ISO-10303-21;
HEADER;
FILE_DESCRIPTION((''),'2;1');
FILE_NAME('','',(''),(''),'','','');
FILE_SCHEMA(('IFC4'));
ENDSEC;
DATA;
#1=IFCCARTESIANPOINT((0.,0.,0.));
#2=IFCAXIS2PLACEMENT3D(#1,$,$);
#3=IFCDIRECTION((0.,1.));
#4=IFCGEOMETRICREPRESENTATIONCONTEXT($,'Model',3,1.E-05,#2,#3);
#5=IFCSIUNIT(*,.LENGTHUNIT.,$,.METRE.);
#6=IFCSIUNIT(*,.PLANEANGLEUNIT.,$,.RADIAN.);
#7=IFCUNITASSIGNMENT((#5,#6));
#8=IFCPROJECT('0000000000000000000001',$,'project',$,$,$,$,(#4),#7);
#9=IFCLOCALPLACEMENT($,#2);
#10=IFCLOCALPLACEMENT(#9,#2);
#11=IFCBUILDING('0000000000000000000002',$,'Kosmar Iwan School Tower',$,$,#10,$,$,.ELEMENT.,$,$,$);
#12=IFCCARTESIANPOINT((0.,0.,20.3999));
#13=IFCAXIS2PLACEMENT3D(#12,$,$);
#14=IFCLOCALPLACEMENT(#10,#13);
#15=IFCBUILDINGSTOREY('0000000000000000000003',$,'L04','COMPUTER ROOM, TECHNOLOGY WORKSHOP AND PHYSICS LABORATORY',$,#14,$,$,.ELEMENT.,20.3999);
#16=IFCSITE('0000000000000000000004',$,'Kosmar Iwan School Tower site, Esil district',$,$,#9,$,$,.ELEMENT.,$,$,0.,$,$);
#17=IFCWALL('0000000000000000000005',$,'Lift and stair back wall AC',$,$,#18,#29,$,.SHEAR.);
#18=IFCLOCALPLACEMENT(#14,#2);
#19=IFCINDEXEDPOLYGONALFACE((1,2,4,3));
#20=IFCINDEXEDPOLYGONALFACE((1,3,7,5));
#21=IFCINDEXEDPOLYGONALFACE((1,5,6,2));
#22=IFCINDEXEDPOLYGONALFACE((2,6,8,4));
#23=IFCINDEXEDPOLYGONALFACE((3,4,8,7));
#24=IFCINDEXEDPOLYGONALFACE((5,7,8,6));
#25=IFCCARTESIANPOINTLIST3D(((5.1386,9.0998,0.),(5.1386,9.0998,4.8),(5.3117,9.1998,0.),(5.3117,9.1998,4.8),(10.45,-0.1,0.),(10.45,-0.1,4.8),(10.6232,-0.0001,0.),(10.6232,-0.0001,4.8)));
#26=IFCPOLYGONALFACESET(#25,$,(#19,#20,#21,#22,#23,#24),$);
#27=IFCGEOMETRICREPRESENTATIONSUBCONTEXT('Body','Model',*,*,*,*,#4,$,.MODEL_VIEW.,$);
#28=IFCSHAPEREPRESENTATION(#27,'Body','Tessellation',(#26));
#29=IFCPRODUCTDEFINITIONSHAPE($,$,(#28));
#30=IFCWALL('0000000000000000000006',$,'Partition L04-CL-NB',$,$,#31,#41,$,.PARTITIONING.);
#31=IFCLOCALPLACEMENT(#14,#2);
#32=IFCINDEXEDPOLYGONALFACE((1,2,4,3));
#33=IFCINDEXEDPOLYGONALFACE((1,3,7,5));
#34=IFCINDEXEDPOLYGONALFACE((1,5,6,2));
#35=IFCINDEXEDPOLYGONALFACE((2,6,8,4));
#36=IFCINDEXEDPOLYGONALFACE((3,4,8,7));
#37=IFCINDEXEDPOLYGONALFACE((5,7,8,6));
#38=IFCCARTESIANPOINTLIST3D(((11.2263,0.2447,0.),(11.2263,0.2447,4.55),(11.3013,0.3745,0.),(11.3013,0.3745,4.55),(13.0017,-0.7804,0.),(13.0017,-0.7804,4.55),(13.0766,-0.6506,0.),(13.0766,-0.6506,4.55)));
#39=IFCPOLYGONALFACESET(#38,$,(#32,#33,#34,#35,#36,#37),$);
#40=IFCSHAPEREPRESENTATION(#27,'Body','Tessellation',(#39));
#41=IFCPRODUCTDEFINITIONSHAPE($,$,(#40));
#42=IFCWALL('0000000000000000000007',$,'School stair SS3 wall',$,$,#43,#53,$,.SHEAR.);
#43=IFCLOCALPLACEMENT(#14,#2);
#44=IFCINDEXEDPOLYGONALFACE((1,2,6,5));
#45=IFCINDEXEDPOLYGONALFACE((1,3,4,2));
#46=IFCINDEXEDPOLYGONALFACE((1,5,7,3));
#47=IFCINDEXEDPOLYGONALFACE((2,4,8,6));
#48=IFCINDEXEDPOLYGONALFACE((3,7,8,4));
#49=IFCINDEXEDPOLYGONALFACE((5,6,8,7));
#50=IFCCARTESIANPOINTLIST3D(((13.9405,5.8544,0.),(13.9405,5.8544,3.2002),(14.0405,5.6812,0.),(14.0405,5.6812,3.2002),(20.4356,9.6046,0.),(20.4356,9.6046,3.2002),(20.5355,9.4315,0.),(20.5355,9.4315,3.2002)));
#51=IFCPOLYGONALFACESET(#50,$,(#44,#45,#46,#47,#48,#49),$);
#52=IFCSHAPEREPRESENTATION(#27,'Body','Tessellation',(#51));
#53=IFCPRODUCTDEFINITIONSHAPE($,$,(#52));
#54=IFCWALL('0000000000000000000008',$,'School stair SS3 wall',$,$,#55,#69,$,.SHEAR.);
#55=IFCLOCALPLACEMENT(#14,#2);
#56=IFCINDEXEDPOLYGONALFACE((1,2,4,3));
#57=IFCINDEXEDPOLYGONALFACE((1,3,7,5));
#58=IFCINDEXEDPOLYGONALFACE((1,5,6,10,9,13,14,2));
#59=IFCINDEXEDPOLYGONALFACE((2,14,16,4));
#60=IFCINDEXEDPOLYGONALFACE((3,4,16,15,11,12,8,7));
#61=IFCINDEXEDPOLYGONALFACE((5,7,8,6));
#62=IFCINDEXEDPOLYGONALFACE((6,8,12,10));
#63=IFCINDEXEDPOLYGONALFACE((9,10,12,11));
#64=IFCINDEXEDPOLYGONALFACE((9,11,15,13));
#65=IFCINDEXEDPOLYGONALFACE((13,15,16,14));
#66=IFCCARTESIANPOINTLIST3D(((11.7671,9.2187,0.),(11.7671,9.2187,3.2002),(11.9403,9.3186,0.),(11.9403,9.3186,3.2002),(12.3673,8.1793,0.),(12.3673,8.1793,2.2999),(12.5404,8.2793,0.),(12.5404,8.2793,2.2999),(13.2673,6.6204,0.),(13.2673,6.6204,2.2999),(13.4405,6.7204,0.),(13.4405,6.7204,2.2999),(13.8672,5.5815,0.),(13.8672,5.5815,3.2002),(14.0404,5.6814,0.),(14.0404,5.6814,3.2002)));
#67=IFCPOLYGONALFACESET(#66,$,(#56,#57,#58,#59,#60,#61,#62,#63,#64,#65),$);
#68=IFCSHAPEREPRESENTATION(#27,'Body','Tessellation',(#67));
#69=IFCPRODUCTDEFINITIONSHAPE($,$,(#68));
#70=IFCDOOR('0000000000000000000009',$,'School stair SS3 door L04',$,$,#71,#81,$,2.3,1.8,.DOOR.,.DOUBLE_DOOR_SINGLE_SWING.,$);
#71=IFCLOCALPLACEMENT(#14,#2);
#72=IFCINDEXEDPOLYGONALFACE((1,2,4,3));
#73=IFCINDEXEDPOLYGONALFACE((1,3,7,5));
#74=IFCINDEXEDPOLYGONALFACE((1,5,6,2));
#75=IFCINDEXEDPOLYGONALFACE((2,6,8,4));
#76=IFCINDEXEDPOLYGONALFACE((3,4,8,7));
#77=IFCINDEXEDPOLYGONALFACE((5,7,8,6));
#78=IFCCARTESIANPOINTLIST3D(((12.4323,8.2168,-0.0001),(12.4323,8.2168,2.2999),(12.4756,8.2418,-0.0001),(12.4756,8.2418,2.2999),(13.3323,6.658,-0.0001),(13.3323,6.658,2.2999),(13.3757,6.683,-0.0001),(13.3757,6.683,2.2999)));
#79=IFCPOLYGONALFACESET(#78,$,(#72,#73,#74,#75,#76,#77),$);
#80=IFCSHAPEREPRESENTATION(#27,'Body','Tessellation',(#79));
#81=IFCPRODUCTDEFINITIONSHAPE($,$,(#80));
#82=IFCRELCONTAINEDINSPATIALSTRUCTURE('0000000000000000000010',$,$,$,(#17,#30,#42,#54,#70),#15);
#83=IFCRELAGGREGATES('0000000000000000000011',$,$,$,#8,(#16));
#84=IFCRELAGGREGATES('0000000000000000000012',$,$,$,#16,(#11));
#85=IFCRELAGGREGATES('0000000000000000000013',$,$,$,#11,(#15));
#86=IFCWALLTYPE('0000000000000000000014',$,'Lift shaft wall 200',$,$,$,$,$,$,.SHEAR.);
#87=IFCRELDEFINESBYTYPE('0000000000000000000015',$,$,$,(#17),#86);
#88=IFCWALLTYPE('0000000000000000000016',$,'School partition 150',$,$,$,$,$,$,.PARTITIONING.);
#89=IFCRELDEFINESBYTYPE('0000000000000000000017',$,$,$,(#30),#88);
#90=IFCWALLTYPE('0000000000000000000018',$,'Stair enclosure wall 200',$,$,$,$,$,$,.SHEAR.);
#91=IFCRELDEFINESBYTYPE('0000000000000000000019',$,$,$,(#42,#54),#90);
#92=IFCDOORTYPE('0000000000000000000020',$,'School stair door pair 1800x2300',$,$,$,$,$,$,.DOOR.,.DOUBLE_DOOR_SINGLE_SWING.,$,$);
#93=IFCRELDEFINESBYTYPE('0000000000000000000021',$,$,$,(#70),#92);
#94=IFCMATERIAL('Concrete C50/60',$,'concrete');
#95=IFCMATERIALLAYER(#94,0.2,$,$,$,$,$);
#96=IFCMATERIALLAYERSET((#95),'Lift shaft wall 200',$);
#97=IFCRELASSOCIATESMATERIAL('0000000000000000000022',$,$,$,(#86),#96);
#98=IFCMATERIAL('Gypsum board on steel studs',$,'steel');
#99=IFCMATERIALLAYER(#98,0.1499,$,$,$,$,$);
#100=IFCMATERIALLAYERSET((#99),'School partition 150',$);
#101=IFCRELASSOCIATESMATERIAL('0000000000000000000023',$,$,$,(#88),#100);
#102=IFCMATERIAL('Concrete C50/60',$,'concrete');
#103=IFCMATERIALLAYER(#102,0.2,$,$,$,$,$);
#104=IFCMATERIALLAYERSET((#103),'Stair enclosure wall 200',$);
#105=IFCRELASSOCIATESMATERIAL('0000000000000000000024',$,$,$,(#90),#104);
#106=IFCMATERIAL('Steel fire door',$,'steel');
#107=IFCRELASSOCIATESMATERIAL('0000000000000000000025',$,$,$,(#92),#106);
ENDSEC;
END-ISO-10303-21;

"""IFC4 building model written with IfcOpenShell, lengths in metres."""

from ifc_helpers import new_model, si_unit, direction, frame, frame_2d, origin, place, context, subcontext, project, spatial, rectangle, extrude, material, layer, layer_set, type_object, element, fill, save


model = new_model("IFC4")

# Units and contexts
model_context = context("Model", 3, precision=1e-05, world=origin(), true_north=direction((0.0, 1.0)))
body_context = subcontext(model_context, "Body", "Model", "MODEL_VIEW")
ifc_project = project(units=[si_unit("LENGTHUNIT", "METRE"), si_unit("PLANEANGLEUNIT", "RADIAN")], contexts=[model_context])

# Site, building, storey
site_placement = place(None, origin())
site = spatial("IfcSite", under=ifc_project, at=site_placement, Name="Kosmar Iwan School Tower site, Esil district", CompositionType="ELEMENT", RefElevation=0.0)
building_placement = place(site_placement, origin())
building = spatial("IfcBuilding", under=site, at=building_placement, Name="Kosmar Iwan School Tower", CompositionType="ELEMENT")
storey_placement = place(building_placement, frame((0.0, 0.0, 20.3999)))
storey = spatial("IfcBuildingStorey", under=building, at=storey_placement, Name="L04", Description="COMPUTER ROOM, TECHNOLOGY WORKSHOP AND PHYSICS LABORATORY", CompositionType="ELEMENT", Elevation=20.3999)

# Walls
ifc_material_1 = material(Name="Concrete C50/60", Category="concrete")
ifc_layer_1 = layer(ifc_material_1, 0.2)
ifc_layer_set_1 = layer_set([ifc_layer_1], Name="Lift shaft wall 200")
wall_type_1 = type_object("IfcWallType", Name="Lift shaft wall 200", PredefinedType="SHEAR", material=ifc_layer_set_1)
wall_1_placement = place(storey_placement, frame((10.5366, -0.05, 0.0), z_axis=(0.0, 0.0, 1.0), x_axis=(-0.499995, 0.866028, 0.0)))
element("IfcWall", 1, at=wall_1_placement, inside=storey, type_object=wall_type_1, Name="Lift and stair back wall AC", PredefinedType="SHEAR", context=body_context, shape_type="SweptSolid", body=[
    extrude(rectangle(XDim=10.623, YDim=0.2, at=frame_2d((5.3115, 0.0))), origin(), (0.0, 0.0, 1.0), 4.8),
])
ifc_material_2 = material(Name="Gypsum board on steel studs", Category="steel")
ifc_layer_2 = layer(ifc_material_2, 0.1499)
ifc_layer_set_2 = layer_set([ifc_layer_2], Name="School partition 150")
wall_type_2 = type_object("IfcWallType", Name="School partition 150", PredefinedType="PARTITIONING", material=ifc_layer_set_2)
wall_2_placement = place(storey_placement, frame((11.2639, 0.3096, 0.0), z_axis=(0.0, 0.0, 1.0), x_axis=(0.865999, -0.500045, 0.0)))
element("IfcWall", 2, at=wall_2_placement, inside=storey, type_object=wall_type_2, Name="Partition L04-CL-NB", PredefinedType="PARTITIONING", context=body_context, shape_type="SweptSolid", body=[
    extrude(rectangle(XDim=2.05, YDim=0.1499, at=frame_2d((1.0249, 0.0))), origin(), (0.0, 0.0, 1.0), 4.55),
])
ifc_material_3 = material(Name="Concrete C50/60", Category="concrete")
ifc_layer_3 = layer(ifc_material_3, 0.2)
ifc_layer_set_3 = layer_set([ifc_layer_3], Name="Stair enclosure wall 200")
wall_type_3 = type_object("IfcWallType", Name="Stair enclosure wall 200", PredefinedType="SHEAR", material=ifc_layer_set_3)
wall_3_placement = place(storey_placement, frame((13.9905, 5.7678, 0.0), z_axis=(0.0, 0.0, 1.0), x_axis=(0.866009, 0.500029, 0.0)))
element("IfcWall", 3, at=wall_3_placement, inside=storey, type_object=wall_type_3, Name="School stair SS3 wall", PredefinedType="SHEAR", context=body_context, shape_type="SweptSolid", body=[
    extrude(rectangle(XDim=7.5, YDim=0.2, at=frame_2d((3.75, 0.0))), origin(), (0.0, 0.0, 1.0), 3.2002),
])

# Wall, opening, door
wall_4_placement = place(storey_placement, frame((13.9539, 5.6313, 0.0), z_axis=(0.0, 0.0, 1.0), x_axis=(-0.500028, 0.866009, 0.0)))
wall_4 = element("IfcWall", 4, at=wall_4_placement, inside=storey, type_object=wall_type_3, Name="School stair SS3 wall", PredefinedType="SHEAR", context=body_context, shape_type="SweptSolid", body=[
    extrude(rectangle(XDim=4.2, YDim=0.2, at=frame_2d((2.1001, 0.0))), origin(), (0.0, 0.0, 1.0), 3.2002),
])
opening_1_placement = place(wall_4_placement, frame((1.2, 0.0, 0.0)))
opening_1 = element("IfcOpeningElement", 5, at=opening_1_placement, cuts=wall_4, PredefinedType="OPENING", context=body_context, shape_type="SweptSolid", body=[
    extrude(rectangle(XDim=1.8, YDim=2.3, at=frame_2d((0.8999, 1.1499))), frame((0.0, 0.1121, 0.0), z_axis=(0.0, -1.0, 0.0), x_axis=(1.0, 0.0, 0.0)), (0.0, 0.0, 1.0), 0.2239),
])
ifc_material_4 = material(Name="Steel fire door", Category="steel")
door_type_1 = type_object("IfcDoorType", Name="School stair door pair 1800x2300", OperationType="DOUBLE_DOOR_SINGLE_SWING", PredefinedType="DOOR", material=ifc_material_4)
door_1_placement = place(opening_1_placement, origin())
door_1 = element("IfcDoor", 6, at=door_1_placement, inside=storey, type_object=door_type_1, Name="School stair SS3 door L04", OperationType="DOUBLE_DOOR_SINGLE_SWING", OverallHeight=2.3, OverallWidth=1.8, PredefinedType="DOOR", context=body_context, shape_type="SweptSolid", body=[
    extrude(rectangle(XDim=1.8, YDim=2.3, at=frame_2d((0.8999, 1.1499))), frame((0.0, 0.0249, 0.0), z_axis=(0.0, -1.0, 0.0), x_axis=(1.0, 0.0, 0.0)), (0.0, 0.0, 1.0), 0.05),
])
fill(opening_1, door_1)

save(model, "model.ifc")
